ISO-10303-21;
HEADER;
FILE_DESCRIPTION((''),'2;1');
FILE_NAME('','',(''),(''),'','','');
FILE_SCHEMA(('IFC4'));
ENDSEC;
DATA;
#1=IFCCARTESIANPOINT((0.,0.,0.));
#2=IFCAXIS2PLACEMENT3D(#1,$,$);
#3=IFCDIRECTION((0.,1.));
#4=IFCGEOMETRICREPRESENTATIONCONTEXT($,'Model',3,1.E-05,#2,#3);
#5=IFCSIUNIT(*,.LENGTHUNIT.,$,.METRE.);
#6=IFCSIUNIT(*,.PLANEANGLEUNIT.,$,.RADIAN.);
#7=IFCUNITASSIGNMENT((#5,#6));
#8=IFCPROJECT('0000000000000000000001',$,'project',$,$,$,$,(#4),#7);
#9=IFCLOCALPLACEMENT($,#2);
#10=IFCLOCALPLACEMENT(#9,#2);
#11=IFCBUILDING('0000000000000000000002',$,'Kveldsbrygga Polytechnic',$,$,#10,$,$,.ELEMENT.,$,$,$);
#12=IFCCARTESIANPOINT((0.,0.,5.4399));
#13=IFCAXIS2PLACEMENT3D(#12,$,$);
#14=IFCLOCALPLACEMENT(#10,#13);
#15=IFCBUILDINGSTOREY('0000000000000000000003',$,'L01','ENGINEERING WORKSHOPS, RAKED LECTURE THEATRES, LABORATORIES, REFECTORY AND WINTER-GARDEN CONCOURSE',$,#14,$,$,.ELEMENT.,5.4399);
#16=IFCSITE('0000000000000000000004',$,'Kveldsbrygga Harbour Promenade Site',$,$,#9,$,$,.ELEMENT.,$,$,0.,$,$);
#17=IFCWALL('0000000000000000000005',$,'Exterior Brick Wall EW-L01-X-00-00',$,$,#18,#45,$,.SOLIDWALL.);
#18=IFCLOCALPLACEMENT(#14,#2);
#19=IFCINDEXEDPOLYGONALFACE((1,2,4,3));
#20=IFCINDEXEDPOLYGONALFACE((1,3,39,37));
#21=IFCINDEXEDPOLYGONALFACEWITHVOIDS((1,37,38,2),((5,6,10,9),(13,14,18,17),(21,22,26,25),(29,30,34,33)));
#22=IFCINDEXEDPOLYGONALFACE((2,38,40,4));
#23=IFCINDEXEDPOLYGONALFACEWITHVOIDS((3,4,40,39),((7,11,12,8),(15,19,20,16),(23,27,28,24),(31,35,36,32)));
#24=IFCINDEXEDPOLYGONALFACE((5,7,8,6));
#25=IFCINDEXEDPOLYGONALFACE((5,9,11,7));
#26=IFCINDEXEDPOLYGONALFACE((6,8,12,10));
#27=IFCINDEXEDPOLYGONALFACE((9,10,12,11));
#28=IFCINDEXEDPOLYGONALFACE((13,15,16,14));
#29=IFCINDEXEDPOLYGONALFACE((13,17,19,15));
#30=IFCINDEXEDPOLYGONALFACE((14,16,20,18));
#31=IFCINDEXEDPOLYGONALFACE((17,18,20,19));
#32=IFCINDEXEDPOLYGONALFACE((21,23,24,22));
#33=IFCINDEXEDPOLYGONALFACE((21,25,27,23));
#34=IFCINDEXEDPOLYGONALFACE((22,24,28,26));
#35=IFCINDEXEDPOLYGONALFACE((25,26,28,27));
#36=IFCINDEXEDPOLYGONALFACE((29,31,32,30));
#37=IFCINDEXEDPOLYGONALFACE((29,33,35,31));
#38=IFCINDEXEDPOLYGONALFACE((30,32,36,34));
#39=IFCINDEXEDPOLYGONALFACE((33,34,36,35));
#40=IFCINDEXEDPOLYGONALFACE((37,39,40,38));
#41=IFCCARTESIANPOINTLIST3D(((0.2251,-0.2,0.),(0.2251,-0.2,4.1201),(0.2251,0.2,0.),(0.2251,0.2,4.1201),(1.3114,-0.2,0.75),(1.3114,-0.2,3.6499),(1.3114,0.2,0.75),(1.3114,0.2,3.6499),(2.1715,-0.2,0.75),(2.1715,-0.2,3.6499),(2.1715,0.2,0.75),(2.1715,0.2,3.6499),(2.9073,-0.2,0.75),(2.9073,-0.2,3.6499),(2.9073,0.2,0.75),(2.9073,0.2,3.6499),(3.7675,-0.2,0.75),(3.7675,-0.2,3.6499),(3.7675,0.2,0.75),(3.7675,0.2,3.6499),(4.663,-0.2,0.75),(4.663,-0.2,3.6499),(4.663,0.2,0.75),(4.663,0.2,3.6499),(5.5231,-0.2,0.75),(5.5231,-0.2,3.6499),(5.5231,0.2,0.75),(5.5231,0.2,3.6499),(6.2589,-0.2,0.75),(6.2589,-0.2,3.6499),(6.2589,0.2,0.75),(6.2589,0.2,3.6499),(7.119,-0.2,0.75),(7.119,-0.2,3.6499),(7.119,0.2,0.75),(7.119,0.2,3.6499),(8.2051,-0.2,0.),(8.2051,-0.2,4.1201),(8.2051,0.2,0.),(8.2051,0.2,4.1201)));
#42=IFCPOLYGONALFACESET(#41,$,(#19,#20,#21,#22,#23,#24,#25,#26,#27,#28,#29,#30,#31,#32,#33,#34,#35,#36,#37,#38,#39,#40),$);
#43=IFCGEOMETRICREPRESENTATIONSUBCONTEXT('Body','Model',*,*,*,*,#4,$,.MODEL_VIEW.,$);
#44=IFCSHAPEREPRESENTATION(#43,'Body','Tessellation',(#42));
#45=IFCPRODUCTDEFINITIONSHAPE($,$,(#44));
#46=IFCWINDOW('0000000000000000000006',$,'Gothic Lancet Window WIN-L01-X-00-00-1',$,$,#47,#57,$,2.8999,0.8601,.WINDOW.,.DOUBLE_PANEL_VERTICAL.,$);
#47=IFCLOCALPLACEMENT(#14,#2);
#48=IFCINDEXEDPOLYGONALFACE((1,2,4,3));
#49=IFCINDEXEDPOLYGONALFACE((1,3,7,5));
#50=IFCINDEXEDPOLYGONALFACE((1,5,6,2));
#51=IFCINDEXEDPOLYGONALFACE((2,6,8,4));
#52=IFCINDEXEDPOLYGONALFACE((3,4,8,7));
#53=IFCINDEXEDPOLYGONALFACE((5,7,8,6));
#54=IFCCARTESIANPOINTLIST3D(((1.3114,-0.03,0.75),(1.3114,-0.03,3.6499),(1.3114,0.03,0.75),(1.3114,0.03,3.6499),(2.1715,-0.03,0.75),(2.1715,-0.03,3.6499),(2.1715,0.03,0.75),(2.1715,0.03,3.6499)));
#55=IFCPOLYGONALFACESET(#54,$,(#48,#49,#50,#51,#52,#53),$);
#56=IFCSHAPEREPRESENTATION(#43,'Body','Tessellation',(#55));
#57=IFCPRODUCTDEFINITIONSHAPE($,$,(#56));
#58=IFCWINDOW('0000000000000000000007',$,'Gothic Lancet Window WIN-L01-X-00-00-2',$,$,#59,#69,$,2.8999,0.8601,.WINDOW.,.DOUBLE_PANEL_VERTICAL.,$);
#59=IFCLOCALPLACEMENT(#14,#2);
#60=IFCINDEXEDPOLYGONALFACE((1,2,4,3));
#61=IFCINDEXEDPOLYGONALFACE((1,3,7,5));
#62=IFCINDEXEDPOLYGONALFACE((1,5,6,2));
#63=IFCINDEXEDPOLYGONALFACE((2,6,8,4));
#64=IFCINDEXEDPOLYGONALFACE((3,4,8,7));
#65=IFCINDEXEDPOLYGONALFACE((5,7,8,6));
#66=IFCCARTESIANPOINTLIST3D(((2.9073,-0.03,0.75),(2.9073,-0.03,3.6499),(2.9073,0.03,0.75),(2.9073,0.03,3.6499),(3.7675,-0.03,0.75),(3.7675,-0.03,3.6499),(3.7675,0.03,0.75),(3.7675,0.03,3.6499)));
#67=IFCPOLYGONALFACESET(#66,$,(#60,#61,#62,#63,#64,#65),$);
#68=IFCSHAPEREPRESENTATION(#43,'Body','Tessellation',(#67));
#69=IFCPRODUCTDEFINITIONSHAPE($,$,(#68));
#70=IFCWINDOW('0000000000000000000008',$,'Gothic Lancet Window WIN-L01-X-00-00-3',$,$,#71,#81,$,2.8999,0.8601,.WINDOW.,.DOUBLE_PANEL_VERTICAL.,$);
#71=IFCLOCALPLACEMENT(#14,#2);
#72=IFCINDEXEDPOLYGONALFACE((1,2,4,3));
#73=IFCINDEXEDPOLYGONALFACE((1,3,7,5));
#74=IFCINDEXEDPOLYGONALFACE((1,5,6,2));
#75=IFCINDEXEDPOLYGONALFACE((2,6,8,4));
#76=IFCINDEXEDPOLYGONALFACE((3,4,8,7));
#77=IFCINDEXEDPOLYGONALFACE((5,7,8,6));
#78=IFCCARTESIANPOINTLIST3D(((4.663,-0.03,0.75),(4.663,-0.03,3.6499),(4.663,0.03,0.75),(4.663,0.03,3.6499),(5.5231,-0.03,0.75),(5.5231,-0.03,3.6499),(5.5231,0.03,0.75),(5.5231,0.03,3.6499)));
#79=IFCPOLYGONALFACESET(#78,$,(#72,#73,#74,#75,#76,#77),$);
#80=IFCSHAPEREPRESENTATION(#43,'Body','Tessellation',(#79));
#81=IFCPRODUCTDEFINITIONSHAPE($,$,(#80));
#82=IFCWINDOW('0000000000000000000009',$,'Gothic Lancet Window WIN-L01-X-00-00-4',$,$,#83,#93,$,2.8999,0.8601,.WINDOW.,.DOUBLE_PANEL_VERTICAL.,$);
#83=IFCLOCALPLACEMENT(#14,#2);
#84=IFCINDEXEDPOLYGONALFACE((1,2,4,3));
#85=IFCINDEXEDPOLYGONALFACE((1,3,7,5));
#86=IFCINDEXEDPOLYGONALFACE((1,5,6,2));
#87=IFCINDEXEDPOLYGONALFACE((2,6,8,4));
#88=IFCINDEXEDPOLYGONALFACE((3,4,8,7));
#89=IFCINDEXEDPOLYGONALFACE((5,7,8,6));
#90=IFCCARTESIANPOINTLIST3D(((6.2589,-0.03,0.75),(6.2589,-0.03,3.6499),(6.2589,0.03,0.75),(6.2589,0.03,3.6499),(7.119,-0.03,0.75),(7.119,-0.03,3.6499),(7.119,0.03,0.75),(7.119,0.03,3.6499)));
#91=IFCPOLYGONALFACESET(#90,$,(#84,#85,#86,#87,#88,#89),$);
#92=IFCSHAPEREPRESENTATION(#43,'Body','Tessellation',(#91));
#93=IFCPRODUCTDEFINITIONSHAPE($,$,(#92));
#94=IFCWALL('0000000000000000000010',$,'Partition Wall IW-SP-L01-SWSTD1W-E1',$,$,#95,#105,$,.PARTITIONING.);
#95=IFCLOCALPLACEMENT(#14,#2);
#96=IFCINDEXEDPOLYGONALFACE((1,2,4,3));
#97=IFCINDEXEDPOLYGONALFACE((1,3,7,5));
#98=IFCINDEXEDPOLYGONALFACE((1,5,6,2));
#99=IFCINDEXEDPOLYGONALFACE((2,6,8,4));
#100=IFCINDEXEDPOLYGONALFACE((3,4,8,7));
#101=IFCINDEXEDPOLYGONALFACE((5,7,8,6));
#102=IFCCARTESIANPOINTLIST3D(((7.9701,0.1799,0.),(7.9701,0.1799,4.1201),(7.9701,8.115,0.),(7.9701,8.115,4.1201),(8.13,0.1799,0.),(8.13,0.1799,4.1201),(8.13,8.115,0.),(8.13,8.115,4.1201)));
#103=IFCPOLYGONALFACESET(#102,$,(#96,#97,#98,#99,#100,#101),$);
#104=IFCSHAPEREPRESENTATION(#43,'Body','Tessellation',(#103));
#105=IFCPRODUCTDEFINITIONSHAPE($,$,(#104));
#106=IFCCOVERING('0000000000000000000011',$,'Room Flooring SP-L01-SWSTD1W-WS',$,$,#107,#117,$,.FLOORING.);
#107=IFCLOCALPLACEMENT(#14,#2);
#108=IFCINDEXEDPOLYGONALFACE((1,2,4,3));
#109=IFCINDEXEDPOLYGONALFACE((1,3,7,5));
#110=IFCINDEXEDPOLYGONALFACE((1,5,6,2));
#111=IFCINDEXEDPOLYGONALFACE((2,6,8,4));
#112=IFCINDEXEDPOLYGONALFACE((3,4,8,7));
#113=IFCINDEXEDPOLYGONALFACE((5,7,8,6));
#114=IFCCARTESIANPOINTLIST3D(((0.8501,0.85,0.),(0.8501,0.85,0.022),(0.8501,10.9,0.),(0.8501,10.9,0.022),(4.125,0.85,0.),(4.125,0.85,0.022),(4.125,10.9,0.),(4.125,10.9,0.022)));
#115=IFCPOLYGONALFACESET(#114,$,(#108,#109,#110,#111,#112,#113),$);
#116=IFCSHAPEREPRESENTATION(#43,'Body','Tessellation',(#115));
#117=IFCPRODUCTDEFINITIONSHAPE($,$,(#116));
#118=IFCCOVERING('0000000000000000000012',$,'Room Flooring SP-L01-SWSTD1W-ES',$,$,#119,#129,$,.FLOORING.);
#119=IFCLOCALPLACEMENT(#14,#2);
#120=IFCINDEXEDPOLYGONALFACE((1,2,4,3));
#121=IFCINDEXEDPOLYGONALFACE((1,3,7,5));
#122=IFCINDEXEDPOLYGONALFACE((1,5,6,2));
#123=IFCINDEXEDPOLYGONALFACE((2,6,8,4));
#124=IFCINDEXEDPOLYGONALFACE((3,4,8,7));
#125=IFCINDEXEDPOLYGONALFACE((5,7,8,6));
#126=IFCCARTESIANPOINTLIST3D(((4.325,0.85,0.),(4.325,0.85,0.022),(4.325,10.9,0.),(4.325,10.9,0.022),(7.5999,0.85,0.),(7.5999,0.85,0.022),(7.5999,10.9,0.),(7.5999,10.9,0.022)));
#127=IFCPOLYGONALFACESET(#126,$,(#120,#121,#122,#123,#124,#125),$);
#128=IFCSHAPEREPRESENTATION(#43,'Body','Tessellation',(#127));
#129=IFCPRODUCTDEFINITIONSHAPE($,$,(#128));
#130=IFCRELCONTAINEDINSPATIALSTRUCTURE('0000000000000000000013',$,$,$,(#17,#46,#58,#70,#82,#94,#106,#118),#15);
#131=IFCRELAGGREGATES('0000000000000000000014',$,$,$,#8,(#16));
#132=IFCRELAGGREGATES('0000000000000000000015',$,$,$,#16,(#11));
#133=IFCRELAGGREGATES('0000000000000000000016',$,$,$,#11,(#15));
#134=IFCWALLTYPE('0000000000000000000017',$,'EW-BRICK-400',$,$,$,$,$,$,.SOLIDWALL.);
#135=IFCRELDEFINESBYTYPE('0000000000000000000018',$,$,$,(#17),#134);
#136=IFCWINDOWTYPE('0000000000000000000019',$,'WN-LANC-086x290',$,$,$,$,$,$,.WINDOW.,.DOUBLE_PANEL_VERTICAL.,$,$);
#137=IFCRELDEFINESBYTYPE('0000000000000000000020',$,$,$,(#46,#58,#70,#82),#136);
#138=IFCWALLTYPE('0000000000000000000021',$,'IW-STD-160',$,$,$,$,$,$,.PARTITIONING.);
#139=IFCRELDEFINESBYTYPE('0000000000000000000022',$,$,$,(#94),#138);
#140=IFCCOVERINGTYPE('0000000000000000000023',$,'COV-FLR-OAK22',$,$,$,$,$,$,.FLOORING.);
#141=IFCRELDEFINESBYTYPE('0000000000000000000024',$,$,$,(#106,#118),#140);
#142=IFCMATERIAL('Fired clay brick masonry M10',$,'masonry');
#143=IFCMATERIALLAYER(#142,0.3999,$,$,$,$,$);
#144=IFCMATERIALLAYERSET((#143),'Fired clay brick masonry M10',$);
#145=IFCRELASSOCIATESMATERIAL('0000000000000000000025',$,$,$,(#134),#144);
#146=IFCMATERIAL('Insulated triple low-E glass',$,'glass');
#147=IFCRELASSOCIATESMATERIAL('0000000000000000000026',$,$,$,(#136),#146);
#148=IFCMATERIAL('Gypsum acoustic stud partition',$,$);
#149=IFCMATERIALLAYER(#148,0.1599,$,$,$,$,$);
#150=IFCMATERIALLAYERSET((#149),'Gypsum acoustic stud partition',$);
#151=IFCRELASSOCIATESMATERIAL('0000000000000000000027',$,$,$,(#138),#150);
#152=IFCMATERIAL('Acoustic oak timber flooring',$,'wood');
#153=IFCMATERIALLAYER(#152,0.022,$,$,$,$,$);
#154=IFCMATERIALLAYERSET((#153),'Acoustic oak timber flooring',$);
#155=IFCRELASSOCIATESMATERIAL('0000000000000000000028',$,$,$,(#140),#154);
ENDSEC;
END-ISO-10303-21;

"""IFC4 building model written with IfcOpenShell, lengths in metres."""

from ifc_helpers import new_model, si_unit, direction, frame, frame_2d, origin, origin_2d, place, context, subcontext, project, spatial, rectangle, extrude, material, layer, layer_set, type_object, element, fill, save


model = new_model("IFC4")

# Units and contexts
model_context = context("Model", 3, precision=1e-05, world=origin(), true_north=direction((0.0, 1.0)))
body_context = subcontext(model_context, "Body", "Model", "MODEL_VIEW")
ifc_project = project(units=[si_unit("LENGTHUNIT", "METRE"), si_unit("PLANEANGLEUNIT", "RADIAN")], contexts=[model_context])

# Site, building, storey
site_placement = place(None, origin())
site = spatial("IfcSite", under=ifc_project, at=site_placement, Name="Kveldsbrygga Harbour Promenade Site", CompositionType="ELEMENT", RefElevation=0.0)
building_placement = place(site_placement, origin())
building = spatial("IfcBuilding", under=site, at=building_placement, Name="Kveldsbrygga Polytechnic", CompositionType="ELEMENT")
storey_placement = place(building_placement, frame((0.0, 0.0, 5.4399)))
storey = spatial("IfcBuildingStorey", under=building, at=storey_placement, Name="L01", Description="ENGINEERING WORKSHOPS, RAKED LECTURE THEATRES, LABORATORIES, REFECTORY AND WINTER-GARDEN CONCOURSE", CompositionType="ELEMENT", Elevation=5.4399)

# Wall, openings, windows
ifc_material_1 = material(Name="Fired clay brick masonry M10", Category="masonry")
ifc_material_2 = material(Name="Insulated triple low-E glass", Category="glass")
ifc_layer_1 = layer(ifc_material_1, 0.3999)
ifc_layer_set_1 = layer_set([ifc_layer_1], Name="Fired clay brick masonry M10")
wall_type_1 = type_object("IfcWallType", Name="EW-BRICK-400", PredefinedType="SOLIDWALL", material=ifc_layer_set_1)
wall_1_placement = place(storey_placement, frame((0.2251, 0.0, 0.0), z_axis=(0.0, 0.0, 1.0), x_axis=(1.0, 0.0, 0.0)))
wall_1 = element("IfcWall", 1, at=wall_1_placement, inside=storey, type_object=wall_type_1, Name="Exterior Brick Wall EW-L01-X-00-00", PredefinedType="SOLIDWALL", context=body_context, shape_type="SweptSolid", body=[
    extrude(rectangle(XDim=7.98, YDim=0.3999, at=frame_2d((3.99, 0.0))), origin(), (0.0, 0.0, 1.0), 4.1201),
])
opening_1_placement = place(wall_1_placement, frame((1.0862, 0.0, 0.75)))
opening_1 = element("IfcOpeningElement", 2, at=opening_1_placement, cuts=wall_1, PredefinedType="OPENING", context=body_context, shape_type="SweptSolid", body=[
    extrude(rectangle(XDim=0.8601, YDim=2.8999, at=frame_2d((0.4302, 1.45))), frame((0.0, 0.21, 0.0), z_axis=(0.0, -1.0, 0.0), x_axis=(1.0, 0.0, 0.0)), (0.0, 0.0, 1.0), 0.4199),
])
opening_2_placement = place(wall_1_placement, frame((2.6821, 0.0, 0.75)))
opening_2 = element("IfcOpeningElement", 3, at=opening_2_placement, cuts=wall_1, PredefinedType="OPENING", context=body_context, shape_type="SweptSolid", body=[
    extrude(rectangle(XDim=0.8601, YDim=2.8999, at=frame_2d((0.4302, 1.45))), frame((0.0, 0.21, 0.0), z_axis=(0.0, -1.0, 0.0), x_axis=(1.0, 0.0, 0.0)), (0.0, 0.0, 1.0), 0.4199),
])
opening_3_placement = place(wall_1_placement, frame((4.4377, 0.0, 0.75)))
opening_3 = element("IfcOpeningElement", 4, at=opening_3_placement, cuts=wall_1, PredefinedType="OPENING", context=body_context, shape_type="SweptSolid", body=[
    extrude(rectangle(XDim=0.8601, YDim=2.8999, at=frame_2d((0.4302, 1.45))), frame((0.0, 0.21, 0.0), z_axis=(0.0, -1.0, 0.0), x_axis=(1.0, 0.0, 0.0)), (0.0, 0.0, 1.0), 0.4199),
])
opening_4_placement = place(wall_1_placement, frame((6.0337, 0.0, 0.75)))
opening_4 = element("IfcOpeningElement", 5, at=opening_4_placement, cuts=wall_1, PredefinedType="OPENING", context=body_context, shape_type="SweptSolid", body=[
    extrude(rectangle(XDim=0.8601, YDim=2.8999, at=frame_2d((0.4302, 1.45))), frame((0.0, 0.21, 0.0), z_axis=(0.0, -1.0, 0.0), x_axis=(1.0, 0.0, 0.0)), (0.0, 0.0, 1.0), 0.4199),
])
window_type_1 = type_object("IfcWindowType", Name="WN-LANC-086x290", PartitioningType="DOUBLE_PANEL_VERTICAL", PredefinedType="WINDOW", material=ifc_material_2)
window_1_placement = place(opening_1_placement, origin())
window_1 = element("IfcWindow", 6, at=window_1_placement, inside=storey, type_object=window_type_1, Name="Gothic Lancet Window WIN-L01-X-00-00-1", OverallHeight=2.8999, OverallWidth=0.8601, PartitioningType="DOUBLE_PANEL_VERTICAL", PredefinedType="WINDOW", context=body_context, shape_type="SweptSolid", body=[
    extrude(rectangle(XDim=0.8601, YDim=2.8999, at=frame_2d((0.4302, 1.45))), frame((0.0, 0.03, 0.0), z_axis=(0.0, -1.0, 0.0), x_axis=(1.0, 0.0, 0.0)), (0.0, 0.0, 1.0), 0.0601),
])
fill(opening_1, window_1)
window_2_placement = place(opening_2_placement, origin())
window_2 = element("IfcWindow", 7, at=window_2_placement, inside=storey, type_object=window_type_1, Name="Gothic Lancet Window WIN-L01-X-00-00-2", OverallHeight=2.8999, OverallWidth=0.8601, PartitioningType="DOUBLE_PANEL_VERTICAL", PredefinedType="WINDOW", context=body_context, shape_type="SweptSolid", body=[
    extrude(rectangle(XDim=0.8601, YDim=2.8999, at=frame_2d((0.4302, 1.45))), frame((0.0, 0.03, 0.0), z_axis=(0.0, -1.0, 0.0), x_axis=(1.0, 0.0, 0.0)), (0.0, 0.0, 1.0), 0.0601),
])
fill(opening_2, window_2)
window_3_placement = place(opening_3_placement, origin())
window_3 = element("IfcWindow", 8, at=window_3_placement, inside=storey, type_object=window_type_1, Name="Gothic Lancet Window WIN-L01-X-00-00-3", OverallHeight=2.8999, OverallWidth=0.8601, PartitioningType="DOUBLE_PANEL_VERTICAL", PredefinedType="WINDOW", context=body_context, shape_type="SweptSolid", body=[
    extrude(rectangle(XDim=0.8601, YDim=2.8999, at=frame_2d((0.4302, 1.45))), frame((0.0, 0.03, 0.0), z_axis=(0.0, -1.0, 0.0), x_axis=(1.0, 0.0, 0.0)), (0.0, 0.0, 1.0), 0.0601),
])
fill(opening_3, window_3)
window_4_placement = place(opening_4_placement, origin())
window_4 = element("IfcWindow", 9, at=window_4_placement, inside=storey, type_object=window_type_1, Name="Gothic Lancet Window WIN-L01-X-00-00-4", OverallHeight=2.8999, OverallWidth=0.8601, PartitioningType="DOUBLE_PANEL_VERTICAL", PredefinedType="WINDOW", context=body_context, shape_type="SweptSolid", body=[
    extrude(rectangle(XDim=0.8601, YDim=2.8999, at=frame_2d((0.4302, 1.45))), frame((0.0, 0.03, 0.0), z_axis=(0.0, -1.0, 0.0), x_axis=(1.0, 0.0, 0.0)), (0.0, 0.0, 1.0), 0.0601),
])
fill(opening_4, window_4)

# Wall
ifc_material_3 = material(Name="Gypsum acoustic stud partition")
ifc_layer_2 = layer(ifc_material_3, 0.1599)
ifc_layer_set_2 = layer_set([ifc_layer_2], Name="Gypsum acoustic stud partition")
wall_type_2 = type_object("IfcWallType", Name="IW-STD-160", PredefinedType="PARTITIONING", material=ifc_layer_set_2)
wall_2_placement = place(storey_placement, frame((8.05, 0.1799, 0.0), z_axis=(0.0, 0.0, 1.0), x_axis=(0.0, 1.0, 0.0)))
element("IfcWall", 10, at=wall_2_placement, inside=storey, type_object=wall_type_2, Name="Partition Wall IW-SP-L01-SWSTD1W-E1", PredefinedType="PARTITIONING", context=body_context, shape_type="SweptSolid", body=[
    extrude(rectangle(XDim=7.9351, YDim=0.1599, at=frame_2d((3.9675, 0.0))), origin(), (0.0, 0.0, 1.0), 4.1201),
])

# Coverings
ifc_material_4 = material(Name="Acoustic oak timber flooring", Category="wood")
ifc_layer_3 = layer(ifc_material_4, 0.022)
ifc_layer_set_3 = layer_set([ifc_layer_3], Name="Acoustic oak timber flooring")
covering_type = type_object("IfcCoveringType", Name="COV-FLR-OAK22", PredefinedType="FLOORING", material=ifc_layer_set_3)
for number, where, z_axis, x_axis, name in (
    (11, (2.4875, 5.875, 0.0), (0.0, 0.0, 1.0), (1.0, 0.0, 0.0), "Room Flooring SP-L01-SWSTD1W-WS"),
    (12, (5.9624, 5.875, 0.0), (0.0, 0.0, 1.0), (1.0, 0.0, 0.0), "Room Flooring SP-L01-SWSTD1W-ES"),
):
    element("IfcCovering", number, at=place(storey_placement, frame(where, z_axis=z_axis, x_axis=x_axis)), inside=storey, type_object=covering_type, Name=name, PredefinedType="FLOORING", context=body_context, shape_type="SweptSolid", body=[
        extrude(rectangle(XDim=3.2749, YDim=10.05, at=origin_2d()), origin(), (0.0, 0.0, 1.0), 0.022),
    ])

save(model, "model.ifc")
